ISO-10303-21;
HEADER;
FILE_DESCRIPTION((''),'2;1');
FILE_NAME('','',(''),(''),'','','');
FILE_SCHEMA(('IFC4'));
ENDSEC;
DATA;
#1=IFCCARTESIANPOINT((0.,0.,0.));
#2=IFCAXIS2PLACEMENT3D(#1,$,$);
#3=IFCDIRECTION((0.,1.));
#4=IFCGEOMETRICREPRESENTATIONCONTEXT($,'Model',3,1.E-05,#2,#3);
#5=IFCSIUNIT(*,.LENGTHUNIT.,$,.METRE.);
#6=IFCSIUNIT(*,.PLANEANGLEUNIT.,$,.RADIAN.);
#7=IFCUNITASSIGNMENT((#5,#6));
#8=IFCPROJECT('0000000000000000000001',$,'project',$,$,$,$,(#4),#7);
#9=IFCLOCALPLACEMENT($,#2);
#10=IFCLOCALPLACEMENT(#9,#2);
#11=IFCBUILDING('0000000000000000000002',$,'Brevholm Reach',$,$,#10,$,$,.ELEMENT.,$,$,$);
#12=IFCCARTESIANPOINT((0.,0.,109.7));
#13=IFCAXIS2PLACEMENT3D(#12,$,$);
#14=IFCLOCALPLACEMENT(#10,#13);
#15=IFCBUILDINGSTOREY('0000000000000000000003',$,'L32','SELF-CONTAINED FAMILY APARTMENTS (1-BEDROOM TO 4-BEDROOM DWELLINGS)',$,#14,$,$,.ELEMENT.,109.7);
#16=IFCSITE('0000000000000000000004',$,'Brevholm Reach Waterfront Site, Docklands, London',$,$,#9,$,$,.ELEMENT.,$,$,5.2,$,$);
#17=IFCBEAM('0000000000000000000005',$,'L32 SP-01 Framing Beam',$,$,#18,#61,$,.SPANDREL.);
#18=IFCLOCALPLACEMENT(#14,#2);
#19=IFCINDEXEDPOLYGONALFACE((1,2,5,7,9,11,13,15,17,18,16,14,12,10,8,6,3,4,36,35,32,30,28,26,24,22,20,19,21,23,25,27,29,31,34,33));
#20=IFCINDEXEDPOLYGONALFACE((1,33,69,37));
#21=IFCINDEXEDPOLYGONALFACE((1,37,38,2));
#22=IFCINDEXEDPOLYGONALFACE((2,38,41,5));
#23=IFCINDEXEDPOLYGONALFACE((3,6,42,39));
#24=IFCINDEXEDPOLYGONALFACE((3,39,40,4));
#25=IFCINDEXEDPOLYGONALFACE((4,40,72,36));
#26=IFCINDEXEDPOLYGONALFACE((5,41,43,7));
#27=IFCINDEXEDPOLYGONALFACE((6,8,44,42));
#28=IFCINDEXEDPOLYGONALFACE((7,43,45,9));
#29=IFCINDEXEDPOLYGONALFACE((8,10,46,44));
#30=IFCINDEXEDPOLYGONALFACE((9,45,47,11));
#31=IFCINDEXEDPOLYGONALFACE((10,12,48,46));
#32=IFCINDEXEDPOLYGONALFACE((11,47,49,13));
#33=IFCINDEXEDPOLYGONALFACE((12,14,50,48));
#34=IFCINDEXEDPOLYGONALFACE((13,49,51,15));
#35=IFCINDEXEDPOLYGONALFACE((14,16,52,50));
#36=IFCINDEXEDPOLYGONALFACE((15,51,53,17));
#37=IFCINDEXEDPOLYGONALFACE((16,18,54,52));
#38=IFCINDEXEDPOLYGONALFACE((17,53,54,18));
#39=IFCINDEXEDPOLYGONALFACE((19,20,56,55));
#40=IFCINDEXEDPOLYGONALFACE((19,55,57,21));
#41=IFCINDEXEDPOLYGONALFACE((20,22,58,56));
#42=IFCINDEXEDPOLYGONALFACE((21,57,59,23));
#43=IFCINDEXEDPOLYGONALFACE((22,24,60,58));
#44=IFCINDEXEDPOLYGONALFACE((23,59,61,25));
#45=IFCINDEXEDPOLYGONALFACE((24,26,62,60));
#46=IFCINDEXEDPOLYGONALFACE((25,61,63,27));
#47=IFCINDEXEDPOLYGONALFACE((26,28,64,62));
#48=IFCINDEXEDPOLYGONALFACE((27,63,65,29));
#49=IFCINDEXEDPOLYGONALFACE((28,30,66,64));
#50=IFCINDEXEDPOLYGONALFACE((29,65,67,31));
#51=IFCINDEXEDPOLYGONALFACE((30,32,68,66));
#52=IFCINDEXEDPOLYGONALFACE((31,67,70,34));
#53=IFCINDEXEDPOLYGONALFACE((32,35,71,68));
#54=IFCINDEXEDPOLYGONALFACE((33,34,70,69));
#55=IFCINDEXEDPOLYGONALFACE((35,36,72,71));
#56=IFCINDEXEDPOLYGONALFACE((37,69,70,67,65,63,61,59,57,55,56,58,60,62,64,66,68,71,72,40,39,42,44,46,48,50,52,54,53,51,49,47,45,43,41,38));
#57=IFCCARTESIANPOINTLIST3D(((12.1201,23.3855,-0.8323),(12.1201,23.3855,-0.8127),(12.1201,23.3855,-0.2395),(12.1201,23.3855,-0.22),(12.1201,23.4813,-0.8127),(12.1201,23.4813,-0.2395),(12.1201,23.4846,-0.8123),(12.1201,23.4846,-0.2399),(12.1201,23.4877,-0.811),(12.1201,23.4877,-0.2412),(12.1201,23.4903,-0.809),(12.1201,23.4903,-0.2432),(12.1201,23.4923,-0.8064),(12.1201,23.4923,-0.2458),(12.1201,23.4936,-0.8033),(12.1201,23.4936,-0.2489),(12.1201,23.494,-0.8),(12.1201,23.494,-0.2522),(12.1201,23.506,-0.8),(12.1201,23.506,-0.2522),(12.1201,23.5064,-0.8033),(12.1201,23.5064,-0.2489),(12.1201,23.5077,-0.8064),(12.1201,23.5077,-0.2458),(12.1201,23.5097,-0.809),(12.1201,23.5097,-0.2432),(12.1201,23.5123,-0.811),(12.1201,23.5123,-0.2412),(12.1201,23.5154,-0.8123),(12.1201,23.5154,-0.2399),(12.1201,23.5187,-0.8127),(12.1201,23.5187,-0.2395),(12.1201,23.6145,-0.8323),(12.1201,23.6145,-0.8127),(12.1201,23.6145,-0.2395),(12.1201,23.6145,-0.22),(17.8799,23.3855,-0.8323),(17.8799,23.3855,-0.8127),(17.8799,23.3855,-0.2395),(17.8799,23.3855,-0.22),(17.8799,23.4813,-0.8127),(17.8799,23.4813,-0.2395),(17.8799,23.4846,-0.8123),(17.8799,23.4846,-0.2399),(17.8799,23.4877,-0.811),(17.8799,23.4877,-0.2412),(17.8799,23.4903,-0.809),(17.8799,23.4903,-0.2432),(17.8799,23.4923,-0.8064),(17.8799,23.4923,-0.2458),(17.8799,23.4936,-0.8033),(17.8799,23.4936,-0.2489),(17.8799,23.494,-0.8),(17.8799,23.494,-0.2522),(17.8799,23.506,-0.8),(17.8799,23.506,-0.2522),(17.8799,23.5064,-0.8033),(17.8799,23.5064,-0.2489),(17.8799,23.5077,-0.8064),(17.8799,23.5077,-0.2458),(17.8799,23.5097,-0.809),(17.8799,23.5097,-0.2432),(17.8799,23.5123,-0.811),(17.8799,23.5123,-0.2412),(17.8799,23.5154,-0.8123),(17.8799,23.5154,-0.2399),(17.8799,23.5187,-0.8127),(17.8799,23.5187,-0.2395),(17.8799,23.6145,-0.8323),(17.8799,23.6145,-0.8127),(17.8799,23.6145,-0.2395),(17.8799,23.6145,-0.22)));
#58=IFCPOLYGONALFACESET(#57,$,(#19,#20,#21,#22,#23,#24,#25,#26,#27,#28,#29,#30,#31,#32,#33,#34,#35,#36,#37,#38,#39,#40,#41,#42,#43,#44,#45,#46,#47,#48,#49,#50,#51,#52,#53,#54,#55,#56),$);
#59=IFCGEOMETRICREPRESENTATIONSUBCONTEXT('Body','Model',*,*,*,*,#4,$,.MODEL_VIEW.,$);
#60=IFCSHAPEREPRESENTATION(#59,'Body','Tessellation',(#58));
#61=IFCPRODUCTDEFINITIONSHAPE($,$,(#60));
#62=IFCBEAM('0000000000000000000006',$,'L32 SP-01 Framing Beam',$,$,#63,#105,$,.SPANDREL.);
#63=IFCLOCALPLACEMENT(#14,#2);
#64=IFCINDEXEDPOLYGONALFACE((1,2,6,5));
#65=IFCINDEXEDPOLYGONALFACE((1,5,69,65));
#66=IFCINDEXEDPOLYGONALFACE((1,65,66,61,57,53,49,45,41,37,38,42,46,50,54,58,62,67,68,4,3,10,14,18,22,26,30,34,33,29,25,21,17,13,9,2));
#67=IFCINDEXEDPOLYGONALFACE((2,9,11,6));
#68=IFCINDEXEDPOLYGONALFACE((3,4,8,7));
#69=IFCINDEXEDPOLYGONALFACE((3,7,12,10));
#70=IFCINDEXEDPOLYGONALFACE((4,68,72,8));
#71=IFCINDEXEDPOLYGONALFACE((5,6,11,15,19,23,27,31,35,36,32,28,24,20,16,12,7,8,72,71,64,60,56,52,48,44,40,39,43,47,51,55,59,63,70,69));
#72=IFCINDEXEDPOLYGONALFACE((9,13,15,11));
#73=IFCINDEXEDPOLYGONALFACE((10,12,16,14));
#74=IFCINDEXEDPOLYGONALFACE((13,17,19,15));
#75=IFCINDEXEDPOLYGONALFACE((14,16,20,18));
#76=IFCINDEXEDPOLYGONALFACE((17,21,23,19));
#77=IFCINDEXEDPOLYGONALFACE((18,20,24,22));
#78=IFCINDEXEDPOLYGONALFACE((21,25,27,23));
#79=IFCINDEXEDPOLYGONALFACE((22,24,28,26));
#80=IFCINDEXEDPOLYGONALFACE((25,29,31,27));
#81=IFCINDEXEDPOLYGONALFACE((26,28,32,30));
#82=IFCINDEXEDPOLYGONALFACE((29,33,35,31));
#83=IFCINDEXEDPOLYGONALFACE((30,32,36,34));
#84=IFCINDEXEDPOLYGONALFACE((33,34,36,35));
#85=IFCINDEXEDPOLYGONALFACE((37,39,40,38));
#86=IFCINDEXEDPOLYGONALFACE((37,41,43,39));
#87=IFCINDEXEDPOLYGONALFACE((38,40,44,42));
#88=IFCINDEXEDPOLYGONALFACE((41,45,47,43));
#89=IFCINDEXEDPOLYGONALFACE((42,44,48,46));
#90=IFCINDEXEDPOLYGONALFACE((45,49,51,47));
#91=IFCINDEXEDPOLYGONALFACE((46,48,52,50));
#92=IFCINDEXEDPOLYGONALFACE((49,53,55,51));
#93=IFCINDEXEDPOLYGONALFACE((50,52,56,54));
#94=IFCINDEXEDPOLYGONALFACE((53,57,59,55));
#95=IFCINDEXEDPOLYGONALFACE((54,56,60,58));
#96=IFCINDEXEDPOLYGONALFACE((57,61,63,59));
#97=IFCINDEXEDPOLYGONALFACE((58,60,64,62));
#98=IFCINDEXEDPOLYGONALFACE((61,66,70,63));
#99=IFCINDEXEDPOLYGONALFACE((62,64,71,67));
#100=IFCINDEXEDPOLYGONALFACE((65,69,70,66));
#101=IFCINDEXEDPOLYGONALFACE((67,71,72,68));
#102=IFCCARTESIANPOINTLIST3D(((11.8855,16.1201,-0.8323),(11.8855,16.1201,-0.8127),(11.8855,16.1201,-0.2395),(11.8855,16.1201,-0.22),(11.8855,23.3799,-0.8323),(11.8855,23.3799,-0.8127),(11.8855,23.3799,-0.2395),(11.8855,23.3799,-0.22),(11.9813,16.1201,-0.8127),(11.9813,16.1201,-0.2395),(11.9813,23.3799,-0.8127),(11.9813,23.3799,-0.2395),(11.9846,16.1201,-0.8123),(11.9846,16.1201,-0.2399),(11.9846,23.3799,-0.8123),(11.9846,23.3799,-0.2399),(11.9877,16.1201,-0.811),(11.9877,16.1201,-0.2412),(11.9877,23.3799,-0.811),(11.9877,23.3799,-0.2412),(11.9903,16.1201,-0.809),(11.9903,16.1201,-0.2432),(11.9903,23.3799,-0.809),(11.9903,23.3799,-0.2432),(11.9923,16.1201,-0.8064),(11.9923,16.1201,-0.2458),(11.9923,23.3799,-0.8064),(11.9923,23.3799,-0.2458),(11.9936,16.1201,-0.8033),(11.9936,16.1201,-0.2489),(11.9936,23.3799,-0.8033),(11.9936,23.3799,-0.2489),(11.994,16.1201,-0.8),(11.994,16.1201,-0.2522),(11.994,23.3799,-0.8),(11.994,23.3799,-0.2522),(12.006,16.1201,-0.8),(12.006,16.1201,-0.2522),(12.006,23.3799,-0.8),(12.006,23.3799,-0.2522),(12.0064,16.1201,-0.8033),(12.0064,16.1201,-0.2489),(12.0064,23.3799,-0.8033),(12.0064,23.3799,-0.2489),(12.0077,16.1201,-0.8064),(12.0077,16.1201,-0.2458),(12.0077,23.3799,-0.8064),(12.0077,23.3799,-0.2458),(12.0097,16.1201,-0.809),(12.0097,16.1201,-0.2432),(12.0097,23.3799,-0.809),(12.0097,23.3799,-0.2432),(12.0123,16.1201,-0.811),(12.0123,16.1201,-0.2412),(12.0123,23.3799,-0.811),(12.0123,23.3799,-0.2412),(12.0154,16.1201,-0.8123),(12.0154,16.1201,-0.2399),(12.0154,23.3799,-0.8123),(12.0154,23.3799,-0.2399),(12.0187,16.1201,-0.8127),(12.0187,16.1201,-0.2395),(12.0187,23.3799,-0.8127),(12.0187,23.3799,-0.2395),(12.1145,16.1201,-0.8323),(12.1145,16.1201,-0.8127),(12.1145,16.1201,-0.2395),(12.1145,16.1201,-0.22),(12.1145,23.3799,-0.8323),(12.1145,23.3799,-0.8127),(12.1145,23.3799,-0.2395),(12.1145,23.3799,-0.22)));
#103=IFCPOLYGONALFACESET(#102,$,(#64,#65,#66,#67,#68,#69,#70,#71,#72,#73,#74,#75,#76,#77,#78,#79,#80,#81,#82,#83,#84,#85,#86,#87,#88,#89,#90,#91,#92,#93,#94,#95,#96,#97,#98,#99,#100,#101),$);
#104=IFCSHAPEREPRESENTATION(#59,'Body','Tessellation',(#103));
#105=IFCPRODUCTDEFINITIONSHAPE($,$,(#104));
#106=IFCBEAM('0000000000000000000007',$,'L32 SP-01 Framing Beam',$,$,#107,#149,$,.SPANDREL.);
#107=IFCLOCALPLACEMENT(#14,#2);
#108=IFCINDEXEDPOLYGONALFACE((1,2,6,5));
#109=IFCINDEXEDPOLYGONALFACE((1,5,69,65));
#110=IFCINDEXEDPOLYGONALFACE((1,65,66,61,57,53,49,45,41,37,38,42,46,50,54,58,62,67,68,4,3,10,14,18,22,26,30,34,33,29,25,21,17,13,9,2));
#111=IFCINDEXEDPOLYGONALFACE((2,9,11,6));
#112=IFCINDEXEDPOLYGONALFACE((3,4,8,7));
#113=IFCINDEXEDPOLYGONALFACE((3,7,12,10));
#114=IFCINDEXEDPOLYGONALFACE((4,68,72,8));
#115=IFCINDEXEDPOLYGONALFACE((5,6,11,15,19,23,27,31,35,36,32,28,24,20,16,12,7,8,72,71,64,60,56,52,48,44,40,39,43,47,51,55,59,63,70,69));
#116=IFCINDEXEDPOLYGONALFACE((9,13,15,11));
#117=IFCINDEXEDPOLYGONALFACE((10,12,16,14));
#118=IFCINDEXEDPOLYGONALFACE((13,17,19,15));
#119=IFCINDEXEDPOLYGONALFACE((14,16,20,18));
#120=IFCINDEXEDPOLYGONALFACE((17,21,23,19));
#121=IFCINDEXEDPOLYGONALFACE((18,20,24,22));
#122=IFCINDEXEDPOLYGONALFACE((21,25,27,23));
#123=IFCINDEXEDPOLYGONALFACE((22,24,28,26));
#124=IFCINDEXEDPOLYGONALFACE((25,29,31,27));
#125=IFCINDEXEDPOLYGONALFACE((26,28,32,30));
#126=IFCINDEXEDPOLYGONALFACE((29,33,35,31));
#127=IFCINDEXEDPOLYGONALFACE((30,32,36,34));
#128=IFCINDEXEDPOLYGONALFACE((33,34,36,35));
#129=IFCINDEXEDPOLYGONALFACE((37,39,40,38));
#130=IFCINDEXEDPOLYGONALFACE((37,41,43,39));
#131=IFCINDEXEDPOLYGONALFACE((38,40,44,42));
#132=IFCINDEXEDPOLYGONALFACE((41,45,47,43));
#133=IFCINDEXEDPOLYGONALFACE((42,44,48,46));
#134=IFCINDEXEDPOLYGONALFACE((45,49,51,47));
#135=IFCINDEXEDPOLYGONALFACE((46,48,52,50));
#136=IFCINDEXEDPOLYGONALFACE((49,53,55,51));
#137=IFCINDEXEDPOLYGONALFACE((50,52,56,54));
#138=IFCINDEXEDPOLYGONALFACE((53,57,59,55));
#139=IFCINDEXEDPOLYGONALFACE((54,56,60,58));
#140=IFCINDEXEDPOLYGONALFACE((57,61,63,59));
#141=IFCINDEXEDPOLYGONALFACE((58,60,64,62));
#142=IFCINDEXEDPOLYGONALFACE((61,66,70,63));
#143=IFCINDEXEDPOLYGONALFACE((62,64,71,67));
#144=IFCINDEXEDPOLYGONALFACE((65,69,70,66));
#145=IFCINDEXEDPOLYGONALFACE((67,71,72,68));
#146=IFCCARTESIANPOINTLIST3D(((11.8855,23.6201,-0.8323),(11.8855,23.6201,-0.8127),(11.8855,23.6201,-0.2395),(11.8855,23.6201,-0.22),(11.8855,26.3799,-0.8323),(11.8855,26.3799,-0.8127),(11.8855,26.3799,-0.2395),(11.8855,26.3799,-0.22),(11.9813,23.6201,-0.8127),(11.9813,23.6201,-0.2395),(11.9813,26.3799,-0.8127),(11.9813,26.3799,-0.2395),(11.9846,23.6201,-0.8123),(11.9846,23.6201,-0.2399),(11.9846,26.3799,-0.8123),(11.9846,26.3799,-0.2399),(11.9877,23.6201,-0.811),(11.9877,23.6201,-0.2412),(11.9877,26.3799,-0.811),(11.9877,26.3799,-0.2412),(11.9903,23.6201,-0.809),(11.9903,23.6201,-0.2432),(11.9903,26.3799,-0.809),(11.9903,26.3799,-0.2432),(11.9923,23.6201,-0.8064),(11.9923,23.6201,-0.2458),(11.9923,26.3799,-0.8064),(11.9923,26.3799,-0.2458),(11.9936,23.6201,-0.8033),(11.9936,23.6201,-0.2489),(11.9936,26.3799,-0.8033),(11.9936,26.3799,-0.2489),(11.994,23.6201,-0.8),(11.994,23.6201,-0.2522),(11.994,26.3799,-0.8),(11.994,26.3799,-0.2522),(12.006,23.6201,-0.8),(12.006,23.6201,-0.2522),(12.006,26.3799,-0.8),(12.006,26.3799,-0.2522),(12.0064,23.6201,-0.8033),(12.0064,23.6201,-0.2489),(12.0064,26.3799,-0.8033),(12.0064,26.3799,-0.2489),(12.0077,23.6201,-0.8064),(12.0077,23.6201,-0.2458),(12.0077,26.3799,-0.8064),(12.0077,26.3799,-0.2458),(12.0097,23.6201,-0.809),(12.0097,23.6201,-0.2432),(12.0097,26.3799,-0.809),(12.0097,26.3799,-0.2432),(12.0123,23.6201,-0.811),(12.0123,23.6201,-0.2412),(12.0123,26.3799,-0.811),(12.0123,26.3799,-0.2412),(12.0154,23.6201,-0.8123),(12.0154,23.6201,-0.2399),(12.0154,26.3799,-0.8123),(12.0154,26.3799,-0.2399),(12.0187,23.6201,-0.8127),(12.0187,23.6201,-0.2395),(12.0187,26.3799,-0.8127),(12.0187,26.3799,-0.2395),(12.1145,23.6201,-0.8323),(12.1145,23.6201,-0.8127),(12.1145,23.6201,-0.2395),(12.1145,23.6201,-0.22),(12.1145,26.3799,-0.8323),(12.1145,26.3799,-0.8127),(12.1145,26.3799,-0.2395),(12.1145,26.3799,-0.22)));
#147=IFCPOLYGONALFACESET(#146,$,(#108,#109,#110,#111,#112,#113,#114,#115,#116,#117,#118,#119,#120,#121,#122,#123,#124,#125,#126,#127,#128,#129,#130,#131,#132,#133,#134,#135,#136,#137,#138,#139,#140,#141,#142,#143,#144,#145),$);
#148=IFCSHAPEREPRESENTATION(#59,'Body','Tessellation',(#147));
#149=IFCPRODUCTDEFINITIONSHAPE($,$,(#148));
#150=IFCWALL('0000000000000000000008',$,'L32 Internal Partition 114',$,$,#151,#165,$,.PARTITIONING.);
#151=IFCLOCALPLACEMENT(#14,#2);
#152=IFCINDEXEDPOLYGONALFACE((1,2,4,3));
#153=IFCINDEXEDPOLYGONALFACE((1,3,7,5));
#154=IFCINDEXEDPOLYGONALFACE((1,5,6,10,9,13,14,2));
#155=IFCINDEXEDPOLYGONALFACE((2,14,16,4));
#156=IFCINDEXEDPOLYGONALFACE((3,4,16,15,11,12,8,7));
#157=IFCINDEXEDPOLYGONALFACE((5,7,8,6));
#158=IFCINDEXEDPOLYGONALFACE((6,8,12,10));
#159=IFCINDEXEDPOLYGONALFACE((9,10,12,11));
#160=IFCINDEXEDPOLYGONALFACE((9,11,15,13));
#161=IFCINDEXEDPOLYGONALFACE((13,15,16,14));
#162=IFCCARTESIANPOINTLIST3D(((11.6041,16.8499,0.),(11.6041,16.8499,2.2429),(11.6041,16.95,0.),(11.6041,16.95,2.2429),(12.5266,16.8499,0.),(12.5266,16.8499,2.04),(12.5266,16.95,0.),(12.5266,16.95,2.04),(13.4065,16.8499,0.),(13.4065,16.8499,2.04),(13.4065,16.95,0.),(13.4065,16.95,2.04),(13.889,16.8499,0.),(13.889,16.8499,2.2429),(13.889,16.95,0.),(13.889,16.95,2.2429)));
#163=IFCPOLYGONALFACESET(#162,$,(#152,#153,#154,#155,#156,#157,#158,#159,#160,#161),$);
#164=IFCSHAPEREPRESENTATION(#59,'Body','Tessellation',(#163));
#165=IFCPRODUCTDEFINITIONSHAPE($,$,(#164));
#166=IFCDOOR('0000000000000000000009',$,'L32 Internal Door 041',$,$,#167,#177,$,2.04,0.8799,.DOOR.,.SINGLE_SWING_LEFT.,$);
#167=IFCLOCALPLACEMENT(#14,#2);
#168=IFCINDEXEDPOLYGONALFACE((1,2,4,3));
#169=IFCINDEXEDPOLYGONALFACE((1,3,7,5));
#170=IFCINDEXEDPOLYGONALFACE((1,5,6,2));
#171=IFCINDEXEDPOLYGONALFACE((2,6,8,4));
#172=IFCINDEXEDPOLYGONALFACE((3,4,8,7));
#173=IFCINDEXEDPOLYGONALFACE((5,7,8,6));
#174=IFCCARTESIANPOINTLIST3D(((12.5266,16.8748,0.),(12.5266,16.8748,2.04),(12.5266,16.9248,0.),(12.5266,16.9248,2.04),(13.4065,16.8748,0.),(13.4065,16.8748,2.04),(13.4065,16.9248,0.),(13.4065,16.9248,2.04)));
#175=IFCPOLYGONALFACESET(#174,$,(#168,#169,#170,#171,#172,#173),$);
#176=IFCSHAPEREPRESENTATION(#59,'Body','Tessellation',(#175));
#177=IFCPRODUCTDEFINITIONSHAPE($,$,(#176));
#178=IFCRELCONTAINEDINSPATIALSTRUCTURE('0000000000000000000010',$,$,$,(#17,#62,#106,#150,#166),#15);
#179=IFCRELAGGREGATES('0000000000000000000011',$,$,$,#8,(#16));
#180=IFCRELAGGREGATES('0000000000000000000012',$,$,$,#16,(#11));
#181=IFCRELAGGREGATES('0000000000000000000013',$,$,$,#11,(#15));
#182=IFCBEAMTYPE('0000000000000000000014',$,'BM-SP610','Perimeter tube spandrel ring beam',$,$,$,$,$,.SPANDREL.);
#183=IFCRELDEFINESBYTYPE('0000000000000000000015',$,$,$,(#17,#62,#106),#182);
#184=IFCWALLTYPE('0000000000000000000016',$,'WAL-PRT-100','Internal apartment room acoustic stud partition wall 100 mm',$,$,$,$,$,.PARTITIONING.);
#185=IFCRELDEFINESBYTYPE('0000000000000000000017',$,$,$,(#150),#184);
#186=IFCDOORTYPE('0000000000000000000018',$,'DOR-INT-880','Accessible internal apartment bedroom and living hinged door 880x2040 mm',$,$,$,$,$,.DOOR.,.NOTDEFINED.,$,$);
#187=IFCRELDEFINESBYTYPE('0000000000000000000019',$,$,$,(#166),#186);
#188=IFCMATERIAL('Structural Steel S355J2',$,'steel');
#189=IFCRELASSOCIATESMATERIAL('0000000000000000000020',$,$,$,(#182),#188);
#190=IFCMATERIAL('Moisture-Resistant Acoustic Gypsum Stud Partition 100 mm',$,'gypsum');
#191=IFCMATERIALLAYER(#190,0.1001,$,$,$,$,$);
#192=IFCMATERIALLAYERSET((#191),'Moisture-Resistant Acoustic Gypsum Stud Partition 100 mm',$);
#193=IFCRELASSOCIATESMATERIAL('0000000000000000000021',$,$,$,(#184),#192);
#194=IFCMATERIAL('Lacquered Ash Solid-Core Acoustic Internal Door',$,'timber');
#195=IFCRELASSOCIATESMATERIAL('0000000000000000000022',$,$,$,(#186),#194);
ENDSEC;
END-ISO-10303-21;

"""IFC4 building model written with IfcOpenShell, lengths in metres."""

from ifc_helpers import new_model, si_unit, direction, frame, frame_2d, origin, origin_2d, place, context, subcontext, project, spatial, rectangle, i_section, extrude, material, layer, layer_set, material_profile, profile_set, type_object, element, fill, save


model = new_model("IFC4")

# Units and contexts
model_context = context("Model", 3, precision=1e-05, world=origin(), true_north=direction((0.0, 1.0)))
body_context = subcontext(model_context, "Body", "Model", "MODEL_VIEW")
ifc_project = project(units=[si_unit("LENGTHUNIT", "METRE"), si_unit("PLANEANGLEUNIT", "RADIAN")], contexts=[model_context])

# Site, building, storey
site_placement = place(None, origin())
site = spatial("IfcSite", under=ifc_project, at=site_placement, Name="Brevholm Reach Waterfront Site, Docklands, London", CompositionType="ELEMENT", RefElevation=5.2)
building_placement = place(site_placement, origin())
building = spatial("IfcBuilding", under=site, at=building_placement, Name="Brevholm Reach", CompositionType="ELEMENT")
storey_placement = place(building_placement, frame((0.0, 0.0, 109.7)))
storey = spatial("IfcBuildingStorey", under=building, at=storey_placement, Name="L32", Description="SELF-CONTAINED FAMILY APARTMENTS (1-BEDROOM TO 4-BEDROOM DWELLINGS)", CompositionType="ELEMENT", Elevation=109.7)

# Beams
ifc_material_1 = material(Name="Structural Steel S355J2", Category="steel")
ifc_material_profile_1 = material_profile(ifc_material_1, i_section(OverallWidth=0.229, OverallDepth=0.6123, WebThickness=0.012, FlangeThickness=0.0195, FilletRadius=0.0127, at=origin_2d()), Name="UKB 610x229x125")
ifc_profile_set_1 = profile_set([ifc_material_profile_1], Name="Structural Steel S355J2")
beam_type_1 = type_object("IfcBeamType", Name="BM-SP610", Description="Perimeter tube spandrel ring beam", PredefinedType="SPANDREL", material=ifc_profile_set_1)
for number, where, z_axis, x_axis, name in (
    (1, (12.1201, 23.5, -0.5261), (1.0, 0.0, 0.0), (0.0, 1.0, 0.0), "L32 SP-01 Framing Beam"),
):
    element("IfcBeam", number, at=place(storey_placement, frame(where, z_axis=z_axis, x_axis=x_axis)), inside=storey, type_object=beam_type_1, Name=name, PredefinedType="SPANDREL", context=body_context, shape_type="SweptSolid", body=[
        extrude(i_section(OverallWidth=0.229, OverallDepth=0.6123, WebThickness=0.012, FlangeThickness=0.0195, FilletRadius=0.0127, at=origin_2d()), origin(), (0.0, 0.0, 1.0), 5.7598),
    ])
beam_1_placement = place(storey_placement, frame((12.0, 16.1201, -0.5261), z_axis=(0.0, 1.0, 0.0), x_axis=(-1.0, 0.0, 0.0)))
element("IfcBeam", 2, at=beam_1_placement, inside=storey, type_object=beam_type_1, Name="L32 SP-01 Framing Beam", PredefinedType="SPANDREL", context=body_context, shape_type="SweptSolid", body=[
    extrude(i_section(OverallWidth=0.229, OverallDepth=0.6123, WebThickness=0.012, FlangeThickness=0.0195, FilletRadius=0.0127, at=origin_2d()), origin(), (0.0, 0.0, 1.0), 7.2598),
])
beam_2_placement = place(storey_placement, frame((12.0, 23.6201, -0.5261), z_axis=(0.0, 1.0, 0.0), x_axis=(-1.0, 0.0, 0.0)))
element("IfcBeam", 3, at=beam_2_placement, inside=storey, type_object=beam_type_1, Name="L32 SP-01 Framing Beam", PredefinedType="SPANDREL", context=body_context, shape_type="SweptSolid", body=[
    extrude(i_section(OverallWidth=0.229, OverallDepth=0.6123, WebThickness=0.012, FlangeThickness=0.0195, FilletRadius=0.0127, at=origin_2d()), origin(), (0.0, 0.0, 1.0), 2.7598),
])

# Wall, opening, door
ifc_material_2 = material(Name="Moisture-Resistant Acoustic Gypsum Stud Partition 100 mm", Category="gypsum")
ifc_layer_1 = layer(ifc_material_2, 0.1001)
ifc_layer_set_1 = layer_set([ifc_layer_1], Name="Moisture-Resistant Acoustic Gypsum Stud Partition 100 mm")
wall_type_1 = type_object("IfcWallType", Name="WAL-PRT-100", Description="Internal apartment room acoustic stud partition wall 100 mm", PredefinedType="PARTITIONING", material=ifc_layer_set_1)
wall_1_placement = place(storey_placement, frame((11.604, 16.8999, 0.0), z_axis=(0.0, 0.0, 1.0), x_axis=(1.0, 0.0, 0.0)))
wall_1 = element("IfcWall", 4, at=wall_1_placement, inside=storey, type_object=wall_type_1, Name="L32 Internal Partition 114", PredefinedType="PARTITIONING", context=body_context, shape_type="SweptSolid", body=[
    extrude(rectangle(XDim=2.2849, YDim=0.1001, at=frame_2d((1.1426, 0.0))), origin(), (0.0, 0.0, 1.0), 2.2429),
])
opening_1_placement = place(wall_1_placement, frame((0.9226, 0.0, 0.0)))
opening_1 = element("IfcOpeningElement", 5, at=opening_1_placement, cuts=wall_1, PredefinedType="OPENING", context=body_context, shape_type="SweptSolid", body=[
    extrude(rectangle(XDim=0.8799, YDim=2.04, at=frame_2d((0.4399, 1.02))), frame((0.0, 0.0601, 0.0), z_axis=(0.0, -1.0, 0.0), x_axis=(1.0, 0.0, 0.0)), (0.0, 0.0, 1.0), 0.1201),
])
ifc_material_3 = material(Name="Lacquered Ash Solid-Core Acoustic Internal Door", Category="timber")
door_type_1 = type_object("IfcDoorType", Name="DOR-INT-880", Description="Accessible internal apartment bedroom and living hinged door 880x2040 mm", OperationType="NOTDEFINED", PredefinedType="DOOR", material=ifc_material_3)
door_1_placement = place(opening_1_placement, origin())
door_1 = element("IfcDoor", 6, at=door_1_placement, inside=storey, type_object=door_type_1, Name="L32 Internal Door 041", OperationType="SINGLE_SWING_LEFT", OverallHeight=2.04, OverallWidth=0.8799, PredefinedType="DOOR", context=body_context, shape_type="SweptSolid", body=[
    extrude(rectangle(XDim=0.8799, YDim=2.04, at=frame_2d((0.4399, 1.02))), frame((0.0, 0.0249, 0.0), z_axis=(0.0, -1.0, 0.0), x_axis=(1.0, 0.0, 0.0)), (0.0, 0.0, 1.0), 0.05),
])
fill(opening_1, door_1)

save(model, "model.ifc")
